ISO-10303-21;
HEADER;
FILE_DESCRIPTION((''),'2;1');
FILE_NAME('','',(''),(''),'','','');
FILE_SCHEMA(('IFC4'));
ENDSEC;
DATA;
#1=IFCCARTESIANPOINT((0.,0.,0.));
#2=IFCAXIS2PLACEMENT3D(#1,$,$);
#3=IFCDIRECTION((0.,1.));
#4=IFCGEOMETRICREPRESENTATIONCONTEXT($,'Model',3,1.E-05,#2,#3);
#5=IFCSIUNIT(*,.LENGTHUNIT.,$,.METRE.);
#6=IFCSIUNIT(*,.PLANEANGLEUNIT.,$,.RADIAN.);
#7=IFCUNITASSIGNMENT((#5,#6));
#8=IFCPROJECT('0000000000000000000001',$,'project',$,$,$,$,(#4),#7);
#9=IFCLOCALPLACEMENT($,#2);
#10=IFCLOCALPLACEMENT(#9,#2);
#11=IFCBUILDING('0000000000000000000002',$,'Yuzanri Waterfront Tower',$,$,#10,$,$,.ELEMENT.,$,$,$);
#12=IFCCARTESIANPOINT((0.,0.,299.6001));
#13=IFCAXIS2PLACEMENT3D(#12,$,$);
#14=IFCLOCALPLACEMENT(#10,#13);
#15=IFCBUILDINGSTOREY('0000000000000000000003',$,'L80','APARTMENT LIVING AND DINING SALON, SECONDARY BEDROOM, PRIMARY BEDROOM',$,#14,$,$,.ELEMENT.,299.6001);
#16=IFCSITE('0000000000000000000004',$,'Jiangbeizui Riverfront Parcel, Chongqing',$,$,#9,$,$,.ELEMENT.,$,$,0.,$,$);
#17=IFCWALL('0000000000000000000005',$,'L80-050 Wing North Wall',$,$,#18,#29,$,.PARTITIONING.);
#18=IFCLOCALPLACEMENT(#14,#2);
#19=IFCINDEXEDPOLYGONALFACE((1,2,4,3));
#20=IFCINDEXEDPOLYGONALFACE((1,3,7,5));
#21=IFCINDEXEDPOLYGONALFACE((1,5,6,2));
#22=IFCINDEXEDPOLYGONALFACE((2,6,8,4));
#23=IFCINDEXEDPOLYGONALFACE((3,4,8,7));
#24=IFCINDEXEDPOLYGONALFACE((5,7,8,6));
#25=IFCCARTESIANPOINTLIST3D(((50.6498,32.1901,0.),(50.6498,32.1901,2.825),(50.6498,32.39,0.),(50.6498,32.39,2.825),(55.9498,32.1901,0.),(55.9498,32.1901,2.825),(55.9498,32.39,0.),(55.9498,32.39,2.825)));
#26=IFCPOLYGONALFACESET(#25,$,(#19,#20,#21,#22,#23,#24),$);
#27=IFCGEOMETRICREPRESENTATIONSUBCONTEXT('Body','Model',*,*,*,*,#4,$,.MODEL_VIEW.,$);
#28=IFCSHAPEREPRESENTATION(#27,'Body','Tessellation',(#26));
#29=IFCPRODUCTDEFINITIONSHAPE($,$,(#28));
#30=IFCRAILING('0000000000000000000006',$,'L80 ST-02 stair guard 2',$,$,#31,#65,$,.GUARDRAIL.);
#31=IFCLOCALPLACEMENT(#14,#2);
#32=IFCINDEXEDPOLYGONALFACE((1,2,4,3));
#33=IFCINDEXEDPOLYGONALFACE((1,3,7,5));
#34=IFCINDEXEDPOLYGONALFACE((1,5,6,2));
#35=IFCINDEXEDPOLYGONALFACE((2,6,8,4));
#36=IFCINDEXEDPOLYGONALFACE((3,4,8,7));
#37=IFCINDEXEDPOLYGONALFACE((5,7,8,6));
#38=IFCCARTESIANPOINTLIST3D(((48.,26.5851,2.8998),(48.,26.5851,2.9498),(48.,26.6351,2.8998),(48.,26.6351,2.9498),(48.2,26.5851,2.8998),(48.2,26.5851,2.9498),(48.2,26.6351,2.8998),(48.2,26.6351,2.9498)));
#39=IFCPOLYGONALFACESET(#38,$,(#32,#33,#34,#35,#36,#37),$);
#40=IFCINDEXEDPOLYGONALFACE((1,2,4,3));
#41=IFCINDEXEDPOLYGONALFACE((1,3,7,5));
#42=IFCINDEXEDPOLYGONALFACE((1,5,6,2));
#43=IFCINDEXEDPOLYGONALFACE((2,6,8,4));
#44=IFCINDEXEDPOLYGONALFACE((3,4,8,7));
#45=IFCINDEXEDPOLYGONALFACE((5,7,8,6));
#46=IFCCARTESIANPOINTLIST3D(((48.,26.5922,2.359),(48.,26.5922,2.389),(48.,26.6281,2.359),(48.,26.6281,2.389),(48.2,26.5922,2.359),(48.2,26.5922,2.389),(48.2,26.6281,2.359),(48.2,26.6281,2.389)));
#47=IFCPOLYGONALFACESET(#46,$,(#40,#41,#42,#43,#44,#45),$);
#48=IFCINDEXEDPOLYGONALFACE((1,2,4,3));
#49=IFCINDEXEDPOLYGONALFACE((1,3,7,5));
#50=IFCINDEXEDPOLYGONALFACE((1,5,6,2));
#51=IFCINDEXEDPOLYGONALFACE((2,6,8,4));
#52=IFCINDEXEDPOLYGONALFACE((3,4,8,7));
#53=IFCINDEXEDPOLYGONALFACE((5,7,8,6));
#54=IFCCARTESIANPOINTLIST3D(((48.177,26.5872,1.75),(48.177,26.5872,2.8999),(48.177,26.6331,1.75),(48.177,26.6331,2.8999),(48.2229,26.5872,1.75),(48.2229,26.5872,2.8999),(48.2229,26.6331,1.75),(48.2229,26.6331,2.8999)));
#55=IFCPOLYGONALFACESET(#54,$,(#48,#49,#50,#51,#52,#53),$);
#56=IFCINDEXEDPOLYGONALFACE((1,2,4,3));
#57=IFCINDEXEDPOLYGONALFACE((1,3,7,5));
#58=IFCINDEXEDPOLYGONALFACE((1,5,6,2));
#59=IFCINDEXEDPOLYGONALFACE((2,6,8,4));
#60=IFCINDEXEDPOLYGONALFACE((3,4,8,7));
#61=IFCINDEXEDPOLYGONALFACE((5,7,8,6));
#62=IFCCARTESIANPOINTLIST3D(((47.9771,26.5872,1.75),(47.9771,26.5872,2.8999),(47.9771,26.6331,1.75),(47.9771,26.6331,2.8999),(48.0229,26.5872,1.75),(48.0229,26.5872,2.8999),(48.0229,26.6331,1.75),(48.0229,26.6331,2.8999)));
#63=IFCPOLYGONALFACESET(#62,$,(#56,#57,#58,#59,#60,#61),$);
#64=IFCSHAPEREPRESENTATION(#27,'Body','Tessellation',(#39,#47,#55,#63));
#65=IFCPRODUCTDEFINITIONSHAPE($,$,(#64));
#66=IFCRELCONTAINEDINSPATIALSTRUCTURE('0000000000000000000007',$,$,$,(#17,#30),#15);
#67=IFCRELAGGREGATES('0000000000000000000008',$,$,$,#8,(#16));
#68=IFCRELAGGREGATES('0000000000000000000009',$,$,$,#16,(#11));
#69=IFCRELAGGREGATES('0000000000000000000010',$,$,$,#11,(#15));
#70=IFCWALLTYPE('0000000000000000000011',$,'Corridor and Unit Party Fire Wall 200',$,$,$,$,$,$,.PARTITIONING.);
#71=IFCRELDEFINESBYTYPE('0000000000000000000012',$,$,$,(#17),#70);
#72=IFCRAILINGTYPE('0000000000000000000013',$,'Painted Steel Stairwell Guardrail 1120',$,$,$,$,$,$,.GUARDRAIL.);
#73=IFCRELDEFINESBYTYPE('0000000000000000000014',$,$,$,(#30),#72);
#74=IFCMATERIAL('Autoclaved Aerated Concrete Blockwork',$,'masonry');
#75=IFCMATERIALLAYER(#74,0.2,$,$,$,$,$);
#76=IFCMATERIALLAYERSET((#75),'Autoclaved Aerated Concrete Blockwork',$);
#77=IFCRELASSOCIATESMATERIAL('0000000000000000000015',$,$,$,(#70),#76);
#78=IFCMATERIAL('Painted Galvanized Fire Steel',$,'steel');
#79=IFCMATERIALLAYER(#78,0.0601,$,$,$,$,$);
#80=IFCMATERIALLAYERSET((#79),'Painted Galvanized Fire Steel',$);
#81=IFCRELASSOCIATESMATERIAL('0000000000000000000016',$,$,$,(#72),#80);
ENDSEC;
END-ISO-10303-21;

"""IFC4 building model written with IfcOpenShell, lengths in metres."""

from ifc_helpers import new_model, si_unit, direction, frame, frame_2d, origin, origin_2d, place, context, subcontext, project, spatial, rectangle, extrude, source, transform, mapped, material, layer, layer_set, type_object, element, save


model = new_model("IFC4")

# Units and contexts
model_context = context("Model", 3, precision=1e-05, world=origin(), true_north=direction((0.0, 1.0)))
body_context = subcontext(model_context, "Body", "Model", "MODEL_VIEW")
ifc_project = project(units=[si_unit("LENGTHUNIT", "METRE"), si_unit("PLANEANGLEUNIT", "RADIAN")], contexts=[model_context])

# Site, building, storey
site_placement = place(None, origin())
site = spatial("IfcSite", under=ifc_project, at=site_placement, Name="Jiangbeizui Riverfront Parcel, Chongqing", CompositionType="ELEMENT", RefElevation=0.0)
building_placement = place(site_placement, origin())
building = spatial("IfcBuilding", under=site, at=building_placement, Name="Yuzanri Waterfront Tower", CompositionType="ELEMENT")
storey_placement = place(building_placement, frame((0.0, 0.0, 299.6001)))
storey = spatial("IfcBuildingStorey", under=building, at=storey_placement, Name="L80", Description="APARTMENT LIVING AND DINING SALON, SECONDARY BEDROOM, PRIMARY BEDROOM", CompositionType="ELEMENT", Elevation=299.6001)

# Wall
ifc_material_1 = material(Name="Autoclaved Aerated Concrete Blockwork", Category="masonry")
ifc_layer_1 = layer(ifc_material_1, 0.2)
ifc_layer_set_1 = layer_set([ifc_layer_1], Name="Autoclaved Aerated Concrete Blockwork")
wall_type = type_object("IfcWallType", Name="Corridor and Unit Party Fire Wall 200", PredefinedType="PARTITIONING", material=ifc_layer_set_1)
shared_shape_1 = source(origin(), body_context, "Body", "SweptSolid", [
    extrude(rectangle(XDim=5.3, YDim=0.2, at=frame_2d((2.6499, 0.0))), origin(), (0.0, 0.0, 1.0), 2.825),
])
wall_placement = place(storey_placement, frame((50.6499, 32.29, 0.0), z_axis=(0.0, 0.0, 1.0), x_axis=(1.0, 0.0, 0.0)))
element("IfcWall", 1, at=wall_placement, inside=storey, type_object=wall_type, Name="L80-050 Wing North Wall", PredefinedType="PARTITIONING", context=body_context, shape_type="MappedRepresentation", body=[
    mapped(shared_shape_1, transform((0.0, 0.0, 0.0), scale=1.0)),
])

# Railing
ifc_material_2 = material(Name="Painted Galvanized Fire Steel", Category="steel")
ifc_layer_2 = layer(ifc_material_2, 0.0601)
ifc_layer_set_2 = layer_set([ifc_layer_2], Name="Painted Galvanized Fire Steel")
railing_type = type_object("IfcRailingType", Name="Painted Steel Stairwell Guardrail 1120", PredefinedType="GUARDRAIL", material=ifc_layer_set_2)
shared_shape_2 = source(origin(), body_context, "Body", "SweptSolid", [
    extrude(rectangle(XDim=0.05, YDim=0.05, at=origin_2d()), frame((0.0, 0.0, 1.1748), z_axis=(-1.0, 0.0, 0.0), x_axis=(0.0, -1.0, 0.0)), (0.0, 0.0, 1.0), 0.2),
    extrude(rectangle(XDim=0.0359, YDim=0.03, at=origin_2d()), frame((0.0, 0.0, 0.624), z_axis=(-1.0, 0.0, 0.0), x_axis=(0.0, -1.0, 0.0)), (0.0, 0.0, 1.0), 0.2),
    extrude(rectangle(XDim=0.0459, YDim=0.0459, at=origin_2d()), origin(), (0.0, 0.0, 1.0), 1.1499),
    extrude(rectangle(XDim=0.0459, YDim=0.0459, at=origin_2d()), frame((-0.2, 0.0, 0.0)), (0.0, 0.0, 1.0), 1.1499),
])
railing_placement = place(storey_placement, frame((48.2, 26.6101, 1.75)))
element("IfcRailing", 2, at=railing_placement, inside=storey, type_object=railing_type, Name="L80 ST-02 stair guard 2", PredefinedType="GUARDRAIL", context=body_context, shape_type="MappedRepresentation", body=[
    mapped(shared_shape_2, transform((0.0, 0.0, 0.0), scale=1.0)),
])

save(model, "model.ifc")
